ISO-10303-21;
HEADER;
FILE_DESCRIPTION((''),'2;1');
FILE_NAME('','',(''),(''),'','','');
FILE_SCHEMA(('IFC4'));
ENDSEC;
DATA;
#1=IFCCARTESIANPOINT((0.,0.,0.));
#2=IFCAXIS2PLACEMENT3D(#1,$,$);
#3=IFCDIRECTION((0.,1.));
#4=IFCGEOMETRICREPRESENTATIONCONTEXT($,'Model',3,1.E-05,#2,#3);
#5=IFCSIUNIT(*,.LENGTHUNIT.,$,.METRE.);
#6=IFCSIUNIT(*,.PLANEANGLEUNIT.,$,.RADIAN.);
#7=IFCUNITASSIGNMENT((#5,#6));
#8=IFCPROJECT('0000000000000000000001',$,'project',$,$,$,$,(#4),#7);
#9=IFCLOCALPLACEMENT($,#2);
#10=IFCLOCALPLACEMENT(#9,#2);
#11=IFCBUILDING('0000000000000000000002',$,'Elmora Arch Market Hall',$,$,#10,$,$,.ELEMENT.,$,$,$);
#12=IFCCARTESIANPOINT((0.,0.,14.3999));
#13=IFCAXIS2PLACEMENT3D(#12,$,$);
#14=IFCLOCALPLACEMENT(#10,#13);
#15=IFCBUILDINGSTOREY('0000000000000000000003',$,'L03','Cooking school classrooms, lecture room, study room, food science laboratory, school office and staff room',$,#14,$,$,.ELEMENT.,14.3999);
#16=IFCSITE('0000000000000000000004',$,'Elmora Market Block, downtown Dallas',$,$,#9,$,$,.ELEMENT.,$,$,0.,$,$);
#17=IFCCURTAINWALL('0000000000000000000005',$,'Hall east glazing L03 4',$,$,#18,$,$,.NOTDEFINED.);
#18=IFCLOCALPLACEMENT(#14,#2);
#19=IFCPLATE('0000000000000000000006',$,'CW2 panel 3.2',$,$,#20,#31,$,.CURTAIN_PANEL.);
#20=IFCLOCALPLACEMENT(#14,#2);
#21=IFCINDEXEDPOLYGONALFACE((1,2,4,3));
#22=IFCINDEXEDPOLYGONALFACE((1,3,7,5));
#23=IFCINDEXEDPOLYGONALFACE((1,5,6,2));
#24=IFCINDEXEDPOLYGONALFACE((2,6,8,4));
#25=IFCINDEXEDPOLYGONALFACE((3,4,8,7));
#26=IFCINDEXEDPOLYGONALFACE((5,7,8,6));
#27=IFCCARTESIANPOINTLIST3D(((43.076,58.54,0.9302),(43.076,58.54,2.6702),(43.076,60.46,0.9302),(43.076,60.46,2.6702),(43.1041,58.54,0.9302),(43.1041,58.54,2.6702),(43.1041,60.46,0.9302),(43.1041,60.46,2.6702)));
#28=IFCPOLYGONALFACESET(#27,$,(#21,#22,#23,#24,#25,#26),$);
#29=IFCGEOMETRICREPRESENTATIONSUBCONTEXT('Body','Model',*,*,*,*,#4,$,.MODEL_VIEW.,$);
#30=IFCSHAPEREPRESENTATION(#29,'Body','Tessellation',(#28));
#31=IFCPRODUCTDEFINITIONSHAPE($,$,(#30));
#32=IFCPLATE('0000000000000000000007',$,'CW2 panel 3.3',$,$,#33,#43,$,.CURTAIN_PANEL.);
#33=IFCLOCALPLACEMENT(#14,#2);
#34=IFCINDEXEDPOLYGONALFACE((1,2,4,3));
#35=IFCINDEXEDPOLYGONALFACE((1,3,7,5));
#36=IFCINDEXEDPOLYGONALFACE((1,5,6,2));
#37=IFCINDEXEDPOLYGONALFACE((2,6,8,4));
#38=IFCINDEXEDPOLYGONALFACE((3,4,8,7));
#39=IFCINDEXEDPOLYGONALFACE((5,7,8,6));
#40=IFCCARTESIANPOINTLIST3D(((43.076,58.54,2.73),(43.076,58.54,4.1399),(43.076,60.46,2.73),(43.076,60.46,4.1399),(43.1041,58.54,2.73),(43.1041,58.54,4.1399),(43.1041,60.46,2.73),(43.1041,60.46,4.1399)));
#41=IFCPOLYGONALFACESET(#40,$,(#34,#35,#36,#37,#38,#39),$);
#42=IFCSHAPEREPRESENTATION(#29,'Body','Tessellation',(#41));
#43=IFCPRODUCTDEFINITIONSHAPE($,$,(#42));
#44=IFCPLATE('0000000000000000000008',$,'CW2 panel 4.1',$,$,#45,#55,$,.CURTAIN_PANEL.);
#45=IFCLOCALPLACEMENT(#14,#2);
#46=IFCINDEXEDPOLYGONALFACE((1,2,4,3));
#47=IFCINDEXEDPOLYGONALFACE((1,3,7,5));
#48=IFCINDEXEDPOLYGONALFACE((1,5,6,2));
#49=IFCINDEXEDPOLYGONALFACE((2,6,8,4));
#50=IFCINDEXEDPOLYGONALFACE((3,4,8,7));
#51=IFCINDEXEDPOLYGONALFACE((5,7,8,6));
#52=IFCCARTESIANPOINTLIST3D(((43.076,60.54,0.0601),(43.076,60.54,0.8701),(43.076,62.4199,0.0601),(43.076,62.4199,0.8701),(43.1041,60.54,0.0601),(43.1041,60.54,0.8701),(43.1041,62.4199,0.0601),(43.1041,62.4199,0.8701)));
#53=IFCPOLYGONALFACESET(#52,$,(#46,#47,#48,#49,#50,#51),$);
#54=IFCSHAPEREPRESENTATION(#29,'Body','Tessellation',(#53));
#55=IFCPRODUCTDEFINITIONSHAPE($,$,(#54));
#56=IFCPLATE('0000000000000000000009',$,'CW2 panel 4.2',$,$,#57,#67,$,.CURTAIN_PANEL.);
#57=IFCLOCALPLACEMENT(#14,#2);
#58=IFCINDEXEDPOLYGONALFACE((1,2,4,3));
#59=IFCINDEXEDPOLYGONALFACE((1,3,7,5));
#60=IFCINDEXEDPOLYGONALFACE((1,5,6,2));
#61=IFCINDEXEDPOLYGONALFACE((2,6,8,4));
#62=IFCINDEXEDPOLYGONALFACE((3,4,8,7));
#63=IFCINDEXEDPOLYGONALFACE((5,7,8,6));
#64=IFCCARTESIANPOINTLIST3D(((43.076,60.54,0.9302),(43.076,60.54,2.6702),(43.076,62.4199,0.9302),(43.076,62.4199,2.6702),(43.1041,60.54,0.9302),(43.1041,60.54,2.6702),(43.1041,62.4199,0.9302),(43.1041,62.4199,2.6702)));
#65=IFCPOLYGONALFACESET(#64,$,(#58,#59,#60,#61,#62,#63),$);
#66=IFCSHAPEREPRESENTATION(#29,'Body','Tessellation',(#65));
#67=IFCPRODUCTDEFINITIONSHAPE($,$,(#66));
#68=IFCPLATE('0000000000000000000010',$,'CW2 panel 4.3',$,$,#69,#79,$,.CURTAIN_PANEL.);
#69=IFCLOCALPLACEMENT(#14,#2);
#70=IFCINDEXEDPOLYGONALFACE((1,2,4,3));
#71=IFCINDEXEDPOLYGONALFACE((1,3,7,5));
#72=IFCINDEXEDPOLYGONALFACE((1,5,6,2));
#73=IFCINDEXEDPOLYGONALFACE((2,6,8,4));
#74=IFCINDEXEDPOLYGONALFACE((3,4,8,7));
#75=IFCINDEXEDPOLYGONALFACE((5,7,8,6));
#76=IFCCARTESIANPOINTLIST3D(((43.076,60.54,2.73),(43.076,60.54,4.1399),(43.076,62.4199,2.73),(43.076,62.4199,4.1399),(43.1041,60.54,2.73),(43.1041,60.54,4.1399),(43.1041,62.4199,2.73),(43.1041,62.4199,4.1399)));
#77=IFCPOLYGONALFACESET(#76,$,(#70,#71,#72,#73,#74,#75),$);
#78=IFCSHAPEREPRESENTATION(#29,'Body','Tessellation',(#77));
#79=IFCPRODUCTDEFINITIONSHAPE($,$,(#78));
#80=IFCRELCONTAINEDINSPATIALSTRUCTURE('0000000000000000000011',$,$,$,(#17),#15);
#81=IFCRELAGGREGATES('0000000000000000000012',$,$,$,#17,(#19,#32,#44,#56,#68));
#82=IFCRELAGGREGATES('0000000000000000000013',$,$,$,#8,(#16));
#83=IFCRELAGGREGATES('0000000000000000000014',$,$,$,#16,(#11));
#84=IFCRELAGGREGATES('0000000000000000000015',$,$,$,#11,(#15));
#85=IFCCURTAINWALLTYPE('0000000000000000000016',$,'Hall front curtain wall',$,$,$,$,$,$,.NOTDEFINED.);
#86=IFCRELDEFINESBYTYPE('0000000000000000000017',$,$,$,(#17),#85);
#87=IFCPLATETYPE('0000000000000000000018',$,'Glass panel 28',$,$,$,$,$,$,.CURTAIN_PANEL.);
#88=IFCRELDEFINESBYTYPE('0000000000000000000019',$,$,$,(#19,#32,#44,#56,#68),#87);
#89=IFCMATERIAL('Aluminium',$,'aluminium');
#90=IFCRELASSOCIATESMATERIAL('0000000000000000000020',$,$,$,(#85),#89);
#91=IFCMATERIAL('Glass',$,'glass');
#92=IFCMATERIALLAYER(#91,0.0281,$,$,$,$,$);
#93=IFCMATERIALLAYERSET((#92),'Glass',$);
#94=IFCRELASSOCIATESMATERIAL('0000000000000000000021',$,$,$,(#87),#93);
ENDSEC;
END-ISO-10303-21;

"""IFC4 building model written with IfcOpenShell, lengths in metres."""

from ifc_helpers import new_model, si_unit, direction, frame, origin, origin_2d, place, context, subcontext, project, spatial, rectangle, extrude, material, layer, layer_set, type_object, element, aggregate, save


model = new_model("IFC4")

# Units and contexts
model_context = context("Model", 3, precision=1e-05, world=origin(), true_north=direction((0.0, 1.0)))
body_context = subcontext(model_context, "Body", "Model", "MODEL_VIEW")
ifc_project = project(units=[si_unit("LENGTHUNIT", "METRE"), si_unit("PLANEANGLEUNIT", "RADIAN")], contexts=[model_context])

# Site, building, storey
site_placement = place(None, origin())
site = spatial("IfcSite", under=ifc_project, at=site_placement, Name="Elmora Market Block, downtown Dallas", CompositionType="ELEMENT", RefElevation=0.0)
building_placement = place(site_placement, origin())
building = spatial("IfcBuilding", under=site, at=building_placement, Name="Elmora Arch Market Hall", CompositionType="ELEMENT")
storey_placement = place(building_placement, frame((0.0, 0.0, 14.3999)))
storey = spatial("IfcBuildingStorey", under=building, at=storey_placement, Name="L03", Description="Cooking school classrooms, lecture room, study room, food science laboratory, school office and staff room", CompositionType="ELEMENT", Elevation=14.3999)

# Curtain wall
ifc_material_1 = material(Name="Aluminium", Category="aluminium")
curtain_wall_type = type_object("IfcCurtainWallType", Name="Hall front curtain wall", PredefinedType="NOTDEFINED", material=ifc_material_1)
curtain_wall_1_placement = place(storey_placement, origin())
curtain_wall_1 = element("IfcCurtainWall", 1, at=curtain_wall_1_placement, inside=storey, type_object=curtain_wall_type, Name="Hall east glazing L03 4", PredefinedType="NOTDEFINED")

# Plates
ifc_material_2 = material(Name="Glass", Category="glass")
ifc_layer = layer(ifc_material_2, 0.0281)
ifc_layer_set = layer_set([ifc_layer], Name="Glass")
plate_type = type_object("IfcPlateType", Name="Glass panel 28", PredefinedType="CURTAIN_PANEL", material=ifc_layer_set)
plate_1_placement = place(storey_placement, frame((43.0901, 59.5, 0.9302), z_axis=(0.0, 0.0, 1.0), x_axis=(0.0, 1.0, 0.0)))
plate_1 = element("IfcPlate", 2, at=plate_1_placement, type_object=plate_type, Name="CW2 panel 3.2", PredefinedType="CURTAIN_PANEL", context=body_context, shape_type="SweptSolid", body=[
    extrude(rectangle(XDim=1.9199, YDim=0.0281, at=origin_2d()), origin(), (0.0, 0.0, 1.0), 1.74),
])
plate_2_placement = place(storey_placement, frame((43.0901, 59.5, 2.73), z_axis=(0.0, 0.0, 1.0), x_axis=(0.0, 1.0, 0.0)))
plate_2 = element("IfcPlate", 3, at=plate_2_placement, type_object=plate_type, Name="CW2 panel 3.3", PredefinedType="CURTAIN_PANEL", context=body_context, shape_type="SweptSolid", body=[
    extrude(rectangle(XDim=1.9199, YDim=0.0281, at=origin_2d()), origin(), (0.0, 0.0, 1.0), 1.4099),
])
plate_3_placement = place(storey_placement, frame((43.0901, 61.48, 0.0601), z_axis=(0.0, 0.0, 1.0), x_axis=(0.0, 1.0, 0.0)))
plate_3 = element("IfcPlate", 4, at=plate_3_placement, type_object=plate_type, Name="CW2 panel 4.1", PredefinedType="CURTAIN_PANEL", context=body_context, shape_type="SweptSolid", body=[
    extrude(rectangle(XDim=1.8799, YDim=0.0281, at=origin_2d()), origin(), (0.0, 0.0, 1.0), 0.8101),
])
plate_4_placement = place(storey_placement, frame((43.0901, 61.48, 0.9302), z_axis=(0.0, 0.0, 1.0), x_axis=(0.0, 1.0, 0.0)))
plate_4 = element("IfcPlate", 5, at=plate_4_placement, type_object=plate_type, Name="CW2 panel 4.2", PredefinedType="CURTAIN_PANEL", context=body_context, shape_type="SweptSolid", body=[
    extrude(rectangle(XDim=1.8799, YDim=0.0281, at=origin_2d()), origin(), (0.0, 0.0, 1.0), 1.74),
])
plate_5_placement = place(storey_placement, frame((43.0901, 61.48, 2.73), z_axis=(0.0, 0.0, 1.0), x_axis=(0.0, 1.0, 0.0)))
plate_5 = element("IfcPlate", 6, at=plate_5_placement, type_object=plate_type, Name="CW2 panel 4.3", PredefinedType="CURTAIN_PANEL", context=body_context, shape_type="SweptSolid", body=[
    extrude(rectangle(XDim=1.8799, YDim=0.0281, at=origin_2d()), origin(), (0.0, 0.0, 1.0), 1.4099),
])
aggregate(curtain_wall_1, [plate_1, plate_2, plate_3, plate_4, plate_5])

save(model, "model.ifc")
